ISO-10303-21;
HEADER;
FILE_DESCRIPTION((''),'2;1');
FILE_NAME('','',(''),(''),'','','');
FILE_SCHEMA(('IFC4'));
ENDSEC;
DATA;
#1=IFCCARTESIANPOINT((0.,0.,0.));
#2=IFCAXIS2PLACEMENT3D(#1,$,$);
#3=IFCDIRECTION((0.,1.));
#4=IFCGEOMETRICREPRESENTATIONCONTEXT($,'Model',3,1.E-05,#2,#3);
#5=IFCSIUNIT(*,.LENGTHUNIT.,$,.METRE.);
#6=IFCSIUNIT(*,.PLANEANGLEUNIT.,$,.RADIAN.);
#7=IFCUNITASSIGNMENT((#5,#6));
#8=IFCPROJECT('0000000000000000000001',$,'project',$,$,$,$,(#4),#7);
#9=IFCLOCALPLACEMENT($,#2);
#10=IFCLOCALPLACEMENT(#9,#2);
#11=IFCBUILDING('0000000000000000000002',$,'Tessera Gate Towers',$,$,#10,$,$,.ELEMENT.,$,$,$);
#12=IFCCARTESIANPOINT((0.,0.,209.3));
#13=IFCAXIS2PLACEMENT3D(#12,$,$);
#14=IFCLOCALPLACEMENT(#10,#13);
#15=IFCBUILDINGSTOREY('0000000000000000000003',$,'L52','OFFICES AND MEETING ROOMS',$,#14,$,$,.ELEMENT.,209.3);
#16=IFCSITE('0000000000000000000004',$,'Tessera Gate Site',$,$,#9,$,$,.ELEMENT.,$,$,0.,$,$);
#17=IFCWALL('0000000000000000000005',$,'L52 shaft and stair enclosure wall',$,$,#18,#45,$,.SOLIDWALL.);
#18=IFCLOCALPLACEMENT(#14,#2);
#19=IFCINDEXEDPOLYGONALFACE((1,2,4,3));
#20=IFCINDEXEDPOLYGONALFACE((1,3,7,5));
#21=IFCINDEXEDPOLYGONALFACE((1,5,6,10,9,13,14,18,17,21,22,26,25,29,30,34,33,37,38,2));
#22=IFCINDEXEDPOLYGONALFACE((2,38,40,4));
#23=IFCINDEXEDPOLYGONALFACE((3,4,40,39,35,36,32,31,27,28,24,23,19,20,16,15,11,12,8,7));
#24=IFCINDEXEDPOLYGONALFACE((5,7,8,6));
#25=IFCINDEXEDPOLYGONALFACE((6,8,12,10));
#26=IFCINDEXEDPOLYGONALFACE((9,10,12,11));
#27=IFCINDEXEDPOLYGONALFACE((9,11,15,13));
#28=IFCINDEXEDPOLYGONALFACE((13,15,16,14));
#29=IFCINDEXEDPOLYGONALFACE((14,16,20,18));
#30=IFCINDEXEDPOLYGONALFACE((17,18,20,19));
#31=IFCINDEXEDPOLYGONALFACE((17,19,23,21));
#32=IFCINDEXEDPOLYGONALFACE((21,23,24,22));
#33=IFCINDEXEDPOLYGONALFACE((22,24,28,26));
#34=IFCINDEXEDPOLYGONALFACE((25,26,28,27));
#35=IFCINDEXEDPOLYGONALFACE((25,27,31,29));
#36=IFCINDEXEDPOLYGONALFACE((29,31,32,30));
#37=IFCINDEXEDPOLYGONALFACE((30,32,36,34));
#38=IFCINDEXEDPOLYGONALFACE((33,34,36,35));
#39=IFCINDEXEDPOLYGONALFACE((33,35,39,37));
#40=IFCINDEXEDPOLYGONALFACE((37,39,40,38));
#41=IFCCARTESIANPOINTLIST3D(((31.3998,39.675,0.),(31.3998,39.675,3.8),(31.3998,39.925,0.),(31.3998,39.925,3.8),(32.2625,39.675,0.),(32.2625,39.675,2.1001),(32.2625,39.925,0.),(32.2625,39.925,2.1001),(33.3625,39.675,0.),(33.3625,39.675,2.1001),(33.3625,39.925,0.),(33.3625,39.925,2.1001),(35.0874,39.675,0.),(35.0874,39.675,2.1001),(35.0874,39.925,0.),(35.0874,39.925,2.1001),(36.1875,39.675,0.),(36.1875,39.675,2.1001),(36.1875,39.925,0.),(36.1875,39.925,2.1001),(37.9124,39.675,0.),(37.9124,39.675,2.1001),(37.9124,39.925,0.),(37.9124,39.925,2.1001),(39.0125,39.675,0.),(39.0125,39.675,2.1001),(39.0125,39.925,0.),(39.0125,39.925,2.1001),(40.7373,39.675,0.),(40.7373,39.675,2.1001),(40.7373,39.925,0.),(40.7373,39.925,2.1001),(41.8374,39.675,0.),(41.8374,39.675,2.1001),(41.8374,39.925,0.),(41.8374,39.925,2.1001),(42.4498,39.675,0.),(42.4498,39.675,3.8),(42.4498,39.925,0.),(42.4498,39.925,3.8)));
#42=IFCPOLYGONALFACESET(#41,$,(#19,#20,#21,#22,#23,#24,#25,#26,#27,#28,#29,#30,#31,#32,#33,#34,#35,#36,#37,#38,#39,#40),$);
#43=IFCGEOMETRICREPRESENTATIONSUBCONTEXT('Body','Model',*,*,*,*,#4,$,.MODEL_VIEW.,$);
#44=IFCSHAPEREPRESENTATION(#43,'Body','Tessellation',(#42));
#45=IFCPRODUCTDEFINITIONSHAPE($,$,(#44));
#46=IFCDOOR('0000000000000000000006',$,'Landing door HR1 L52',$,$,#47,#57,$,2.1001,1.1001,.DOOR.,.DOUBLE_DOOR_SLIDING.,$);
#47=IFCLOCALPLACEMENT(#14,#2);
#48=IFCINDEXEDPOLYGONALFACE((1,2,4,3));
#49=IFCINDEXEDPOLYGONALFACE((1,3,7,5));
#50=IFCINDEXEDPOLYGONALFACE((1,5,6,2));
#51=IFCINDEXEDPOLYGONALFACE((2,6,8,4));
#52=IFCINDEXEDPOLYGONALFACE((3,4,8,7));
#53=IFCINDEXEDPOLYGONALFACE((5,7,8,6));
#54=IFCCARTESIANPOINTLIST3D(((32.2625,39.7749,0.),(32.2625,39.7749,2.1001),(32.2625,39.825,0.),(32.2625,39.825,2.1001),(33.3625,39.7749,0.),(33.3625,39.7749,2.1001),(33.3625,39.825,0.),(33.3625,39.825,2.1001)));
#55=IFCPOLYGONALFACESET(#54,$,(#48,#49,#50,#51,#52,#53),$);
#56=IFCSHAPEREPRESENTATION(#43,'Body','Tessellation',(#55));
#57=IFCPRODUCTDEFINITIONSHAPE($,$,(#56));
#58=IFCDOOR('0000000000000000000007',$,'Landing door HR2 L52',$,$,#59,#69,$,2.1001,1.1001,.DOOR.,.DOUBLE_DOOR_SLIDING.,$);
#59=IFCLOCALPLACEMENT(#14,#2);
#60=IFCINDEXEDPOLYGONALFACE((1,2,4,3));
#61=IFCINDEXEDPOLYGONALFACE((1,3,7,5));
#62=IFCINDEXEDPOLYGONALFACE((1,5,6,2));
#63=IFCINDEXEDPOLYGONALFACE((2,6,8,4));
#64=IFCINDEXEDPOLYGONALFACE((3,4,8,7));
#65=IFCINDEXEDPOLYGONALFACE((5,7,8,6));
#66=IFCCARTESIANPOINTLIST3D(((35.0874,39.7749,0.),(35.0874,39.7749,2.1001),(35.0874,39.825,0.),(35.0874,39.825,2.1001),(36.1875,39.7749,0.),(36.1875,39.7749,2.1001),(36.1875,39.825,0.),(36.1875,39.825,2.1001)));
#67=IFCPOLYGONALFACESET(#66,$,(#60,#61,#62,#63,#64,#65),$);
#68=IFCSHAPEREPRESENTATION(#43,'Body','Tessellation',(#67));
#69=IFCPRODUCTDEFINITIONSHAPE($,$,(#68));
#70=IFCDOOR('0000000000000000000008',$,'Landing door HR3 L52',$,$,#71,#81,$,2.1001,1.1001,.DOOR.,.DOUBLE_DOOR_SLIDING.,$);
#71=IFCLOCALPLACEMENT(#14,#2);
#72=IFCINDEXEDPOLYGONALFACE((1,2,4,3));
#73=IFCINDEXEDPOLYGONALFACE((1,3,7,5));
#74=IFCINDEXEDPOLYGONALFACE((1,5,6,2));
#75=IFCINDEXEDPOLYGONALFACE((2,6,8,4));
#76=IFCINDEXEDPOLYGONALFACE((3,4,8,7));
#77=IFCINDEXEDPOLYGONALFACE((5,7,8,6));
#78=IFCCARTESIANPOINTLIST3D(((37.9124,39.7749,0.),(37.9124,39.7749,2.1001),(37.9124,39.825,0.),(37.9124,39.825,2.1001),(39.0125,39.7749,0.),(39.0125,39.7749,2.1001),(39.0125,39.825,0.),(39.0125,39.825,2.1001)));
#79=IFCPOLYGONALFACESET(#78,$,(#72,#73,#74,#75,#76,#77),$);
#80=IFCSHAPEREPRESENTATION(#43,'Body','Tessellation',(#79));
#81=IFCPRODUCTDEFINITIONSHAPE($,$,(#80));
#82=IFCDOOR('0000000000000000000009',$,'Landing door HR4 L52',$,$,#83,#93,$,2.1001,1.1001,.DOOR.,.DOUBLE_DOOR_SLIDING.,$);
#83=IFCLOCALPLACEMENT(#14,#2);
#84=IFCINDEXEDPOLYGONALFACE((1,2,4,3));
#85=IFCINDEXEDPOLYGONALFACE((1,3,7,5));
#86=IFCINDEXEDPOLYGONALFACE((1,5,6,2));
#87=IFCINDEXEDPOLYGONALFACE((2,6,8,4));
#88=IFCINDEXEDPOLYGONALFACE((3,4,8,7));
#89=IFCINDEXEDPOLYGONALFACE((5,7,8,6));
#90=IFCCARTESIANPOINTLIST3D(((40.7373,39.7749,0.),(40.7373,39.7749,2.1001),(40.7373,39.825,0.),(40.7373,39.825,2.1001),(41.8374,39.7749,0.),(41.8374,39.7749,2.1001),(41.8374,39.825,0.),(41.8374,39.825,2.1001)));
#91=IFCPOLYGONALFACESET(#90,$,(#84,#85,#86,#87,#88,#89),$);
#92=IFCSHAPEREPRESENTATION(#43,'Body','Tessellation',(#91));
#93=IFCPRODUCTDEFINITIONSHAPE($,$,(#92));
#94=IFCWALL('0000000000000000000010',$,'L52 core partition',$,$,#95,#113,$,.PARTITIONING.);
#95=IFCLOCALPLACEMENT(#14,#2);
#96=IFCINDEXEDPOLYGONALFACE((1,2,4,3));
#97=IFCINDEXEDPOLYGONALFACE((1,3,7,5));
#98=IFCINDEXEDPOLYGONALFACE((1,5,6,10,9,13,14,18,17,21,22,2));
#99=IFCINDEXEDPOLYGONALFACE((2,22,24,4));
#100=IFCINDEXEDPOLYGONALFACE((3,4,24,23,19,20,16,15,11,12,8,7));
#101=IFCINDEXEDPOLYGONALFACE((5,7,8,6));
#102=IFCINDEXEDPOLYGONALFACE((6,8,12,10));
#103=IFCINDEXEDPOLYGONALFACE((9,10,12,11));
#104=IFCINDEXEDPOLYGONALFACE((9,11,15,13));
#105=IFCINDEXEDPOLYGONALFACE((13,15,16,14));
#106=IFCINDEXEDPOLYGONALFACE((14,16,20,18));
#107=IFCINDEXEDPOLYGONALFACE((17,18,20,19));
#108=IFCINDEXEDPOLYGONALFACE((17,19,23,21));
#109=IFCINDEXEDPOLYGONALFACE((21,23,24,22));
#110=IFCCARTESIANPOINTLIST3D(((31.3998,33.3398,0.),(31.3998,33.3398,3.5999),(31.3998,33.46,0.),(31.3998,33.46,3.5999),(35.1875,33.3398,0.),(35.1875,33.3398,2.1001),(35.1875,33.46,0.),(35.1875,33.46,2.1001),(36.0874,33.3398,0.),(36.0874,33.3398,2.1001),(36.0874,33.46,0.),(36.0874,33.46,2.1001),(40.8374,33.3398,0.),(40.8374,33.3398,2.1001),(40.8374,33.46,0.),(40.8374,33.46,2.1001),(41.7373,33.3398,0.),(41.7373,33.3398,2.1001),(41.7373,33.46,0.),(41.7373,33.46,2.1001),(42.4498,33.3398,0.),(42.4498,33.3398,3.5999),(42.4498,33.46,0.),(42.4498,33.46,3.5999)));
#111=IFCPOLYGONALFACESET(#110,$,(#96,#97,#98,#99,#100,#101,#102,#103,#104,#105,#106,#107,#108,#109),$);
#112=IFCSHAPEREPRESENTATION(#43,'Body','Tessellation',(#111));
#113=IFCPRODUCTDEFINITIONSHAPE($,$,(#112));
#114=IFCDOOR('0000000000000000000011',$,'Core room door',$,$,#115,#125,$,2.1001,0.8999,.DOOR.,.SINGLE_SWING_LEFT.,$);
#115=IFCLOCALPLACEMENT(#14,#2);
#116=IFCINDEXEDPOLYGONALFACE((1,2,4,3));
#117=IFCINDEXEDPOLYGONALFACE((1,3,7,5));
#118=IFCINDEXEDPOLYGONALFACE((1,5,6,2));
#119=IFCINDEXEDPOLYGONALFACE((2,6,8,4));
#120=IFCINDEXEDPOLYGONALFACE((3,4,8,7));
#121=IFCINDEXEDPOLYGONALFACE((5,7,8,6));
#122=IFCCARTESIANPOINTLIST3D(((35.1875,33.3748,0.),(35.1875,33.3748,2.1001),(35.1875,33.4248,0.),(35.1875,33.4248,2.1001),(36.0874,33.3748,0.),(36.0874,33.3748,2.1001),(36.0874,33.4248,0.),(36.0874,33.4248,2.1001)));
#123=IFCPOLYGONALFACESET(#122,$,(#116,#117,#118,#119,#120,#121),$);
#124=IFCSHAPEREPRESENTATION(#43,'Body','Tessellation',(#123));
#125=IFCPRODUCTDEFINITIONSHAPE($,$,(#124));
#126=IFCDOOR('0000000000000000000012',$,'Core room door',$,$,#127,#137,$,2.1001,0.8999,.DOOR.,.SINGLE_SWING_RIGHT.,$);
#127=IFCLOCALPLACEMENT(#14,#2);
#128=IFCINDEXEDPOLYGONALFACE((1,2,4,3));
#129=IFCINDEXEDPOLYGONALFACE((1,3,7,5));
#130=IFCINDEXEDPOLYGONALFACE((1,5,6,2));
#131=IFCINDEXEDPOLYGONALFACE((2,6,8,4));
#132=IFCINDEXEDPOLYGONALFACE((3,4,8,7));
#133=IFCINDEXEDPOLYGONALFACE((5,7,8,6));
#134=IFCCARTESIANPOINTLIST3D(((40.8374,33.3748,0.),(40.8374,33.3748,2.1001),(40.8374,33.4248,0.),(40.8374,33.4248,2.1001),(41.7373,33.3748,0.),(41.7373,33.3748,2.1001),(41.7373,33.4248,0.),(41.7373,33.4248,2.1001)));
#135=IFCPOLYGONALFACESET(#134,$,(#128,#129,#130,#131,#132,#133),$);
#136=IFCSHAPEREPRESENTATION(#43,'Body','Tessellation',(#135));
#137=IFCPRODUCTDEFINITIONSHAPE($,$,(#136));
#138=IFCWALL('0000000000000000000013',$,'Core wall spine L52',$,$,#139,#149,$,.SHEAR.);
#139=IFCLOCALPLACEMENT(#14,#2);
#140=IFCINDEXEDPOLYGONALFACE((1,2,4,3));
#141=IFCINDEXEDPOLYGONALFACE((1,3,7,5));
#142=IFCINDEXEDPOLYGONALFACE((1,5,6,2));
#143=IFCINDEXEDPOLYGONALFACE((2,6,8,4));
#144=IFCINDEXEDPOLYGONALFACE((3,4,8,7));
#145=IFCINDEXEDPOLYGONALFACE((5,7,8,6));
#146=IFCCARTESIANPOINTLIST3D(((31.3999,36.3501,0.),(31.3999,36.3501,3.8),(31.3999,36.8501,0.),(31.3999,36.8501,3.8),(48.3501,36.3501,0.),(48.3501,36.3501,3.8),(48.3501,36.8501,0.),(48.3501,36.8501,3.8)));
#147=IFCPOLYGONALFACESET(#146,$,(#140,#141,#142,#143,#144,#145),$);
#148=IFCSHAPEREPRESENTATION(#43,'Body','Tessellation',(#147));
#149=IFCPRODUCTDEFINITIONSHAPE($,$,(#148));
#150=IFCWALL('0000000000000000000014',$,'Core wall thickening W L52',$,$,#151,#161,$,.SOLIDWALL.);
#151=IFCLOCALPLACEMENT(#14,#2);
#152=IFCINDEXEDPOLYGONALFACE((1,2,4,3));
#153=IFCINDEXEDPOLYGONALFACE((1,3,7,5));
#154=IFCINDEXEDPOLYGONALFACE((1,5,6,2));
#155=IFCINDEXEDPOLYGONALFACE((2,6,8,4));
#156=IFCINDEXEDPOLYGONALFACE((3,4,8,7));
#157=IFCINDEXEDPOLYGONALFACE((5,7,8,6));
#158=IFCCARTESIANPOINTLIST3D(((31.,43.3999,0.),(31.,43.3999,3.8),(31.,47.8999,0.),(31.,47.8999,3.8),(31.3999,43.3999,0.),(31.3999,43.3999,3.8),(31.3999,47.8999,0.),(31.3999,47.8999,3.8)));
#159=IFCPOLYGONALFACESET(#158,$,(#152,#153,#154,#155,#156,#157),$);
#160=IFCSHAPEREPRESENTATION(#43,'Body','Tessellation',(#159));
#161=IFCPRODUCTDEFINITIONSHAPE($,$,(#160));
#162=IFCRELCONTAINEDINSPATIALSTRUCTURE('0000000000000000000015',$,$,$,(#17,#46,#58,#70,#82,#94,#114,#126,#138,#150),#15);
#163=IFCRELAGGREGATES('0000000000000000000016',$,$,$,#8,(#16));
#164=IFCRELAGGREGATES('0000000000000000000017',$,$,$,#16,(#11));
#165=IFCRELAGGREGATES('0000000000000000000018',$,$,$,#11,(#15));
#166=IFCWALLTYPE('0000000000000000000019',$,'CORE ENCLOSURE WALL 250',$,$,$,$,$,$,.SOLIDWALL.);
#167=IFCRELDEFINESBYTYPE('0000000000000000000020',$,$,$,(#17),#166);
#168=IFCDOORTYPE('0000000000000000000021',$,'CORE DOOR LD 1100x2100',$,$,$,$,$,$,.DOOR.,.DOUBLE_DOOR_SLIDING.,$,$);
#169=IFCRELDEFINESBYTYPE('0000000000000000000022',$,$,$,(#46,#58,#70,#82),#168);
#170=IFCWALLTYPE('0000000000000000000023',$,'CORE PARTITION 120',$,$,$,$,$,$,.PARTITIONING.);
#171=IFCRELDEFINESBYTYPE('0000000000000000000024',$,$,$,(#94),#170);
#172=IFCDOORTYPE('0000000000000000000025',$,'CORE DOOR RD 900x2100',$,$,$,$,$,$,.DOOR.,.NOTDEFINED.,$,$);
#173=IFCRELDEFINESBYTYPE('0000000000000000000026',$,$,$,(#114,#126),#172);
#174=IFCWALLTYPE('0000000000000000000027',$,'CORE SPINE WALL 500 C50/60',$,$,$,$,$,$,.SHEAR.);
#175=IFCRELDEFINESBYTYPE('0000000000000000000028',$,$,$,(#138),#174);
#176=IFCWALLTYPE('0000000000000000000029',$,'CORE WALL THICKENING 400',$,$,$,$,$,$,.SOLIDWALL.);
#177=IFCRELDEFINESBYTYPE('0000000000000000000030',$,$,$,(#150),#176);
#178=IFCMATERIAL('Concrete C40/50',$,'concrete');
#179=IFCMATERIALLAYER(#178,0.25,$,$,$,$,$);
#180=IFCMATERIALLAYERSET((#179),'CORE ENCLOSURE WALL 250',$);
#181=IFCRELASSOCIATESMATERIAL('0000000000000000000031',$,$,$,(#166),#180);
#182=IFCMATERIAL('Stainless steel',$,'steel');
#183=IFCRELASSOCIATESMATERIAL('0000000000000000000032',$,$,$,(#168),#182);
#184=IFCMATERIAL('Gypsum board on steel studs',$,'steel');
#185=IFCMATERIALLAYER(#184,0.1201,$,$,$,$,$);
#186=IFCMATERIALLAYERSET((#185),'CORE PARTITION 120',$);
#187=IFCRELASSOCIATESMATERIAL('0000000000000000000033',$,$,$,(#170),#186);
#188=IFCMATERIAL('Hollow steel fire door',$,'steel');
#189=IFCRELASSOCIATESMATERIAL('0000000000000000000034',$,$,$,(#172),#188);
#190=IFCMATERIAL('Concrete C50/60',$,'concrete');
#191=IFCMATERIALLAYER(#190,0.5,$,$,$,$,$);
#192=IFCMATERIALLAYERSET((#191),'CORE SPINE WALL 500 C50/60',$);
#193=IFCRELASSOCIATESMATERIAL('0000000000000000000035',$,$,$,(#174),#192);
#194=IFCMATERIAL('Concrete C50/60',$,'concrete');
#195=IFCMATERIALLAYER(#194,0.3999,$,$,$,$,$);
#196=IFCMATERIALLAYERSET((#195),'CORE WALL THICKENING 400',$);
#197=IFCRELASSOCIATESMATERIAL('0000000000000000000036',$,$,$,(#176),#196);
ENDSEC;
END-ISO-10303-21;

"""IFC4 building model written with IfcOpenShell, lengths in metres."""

from ifc_helpers import new_model, si_unit, direction, frame, frame_2d, origin, place, context, subcontext, project, spatial, rectangle, extrude, source, transform, mapped, material, layer, layer_set, type_object, element, fill, save


model = new_model("IFC4")

# Units and contexts
model_context = context("Model", 3, precision=1e-05, world=origin(), true_north=direction((0.0, 1.0)))
body_context = subcontext(model_context, "Body", "Model", "MODEL_VIEW")
ifc_project = project(units=[si_unit("LENGTHUNIT", "METRE"), si_unit("PLANEANGLEUNIT", "RADIAN")], contexts=[model_context])

# Site, building, storey
site_placement = place(None, origin())
site = spatial("IfcSite", under=ifc_project, at=site_placement, Name="Tessera Gate Site", CompositionType="ELEMENT", RefElevation=0.0)
building_placement = place(site_placement, origin())
building = spatial("IfcBuilding", under=site, at=building_placement, Name="Tessera Gate Towers", CompositionType="ELEMENT")
storey_placement = place(building_placement, frame((0.0, 0.0, 209.3)))
storey = spatial("IfcBuildingStorey", under=building, at=storey_placement, Name="L52", Description="OFFICES AND MEETING ROOMS", CompositionType="ELEMENT", Elevation=209.3)

# Walls, openings, doors
ifc_material_1 = material(Name="Concrete C40/50", Category="concrete")
ifc_layer_1 = layer(ifc_material_1, 0.25)
ifc_layer_set_1 = layer_set([ifc_layer_1], Name="CORE ENCLOSURE WALL 250")
wall_type_1 = type_object("IfcWallType", Name="CORE ENCLOSURE WALL 250", PredefinedType="SOLIDWALL", material=ifc_layer_set_1)
wall_1_placement = place(storey_placement, frame((31.3999, 39.8, 0.0), z_axis=(0.0, 0.0, 1.0), x_axis=(1.0, 0.0, 0.0)))
wall_1 = element("IfcWall", 1, at=wall_1_placement, inside=storey, type_object=wall_type_1, Name="L52 shaft and stair enclosure wall", PredefinedType="SOLIDWALL", context=body_context, shape_type="SweptSolid", body=[
    extrude(rectangle(XDim=11.05, YDim=0.25, at=frame_2d((5.5249, 0.0))), origin(), (0.0, 0.0, 1.0), 3.8),
])
shared_shape_1 = source(origin(), body_context, "Body", "SweptSolid", [
    extrude(rectangle(XDim=1.1001, YDim=2.1001, at=frame_2d((0.55, 1.05))), frame((0.0, 0.135, 0.0), z_axis=(0.0, -1.0, 0.0), x_axis=(1.0, 0.0, 0.0)), (0.0, 0.0, 1.0), 0.27),
])
opening_1_placement = place(wall_1_placement, frame((0.8625, 0.0, 0.0)))
opening_1 = element("IfcOpeningElement", 2, at=opening_1_placement, cuts=wall_1, PredefinedType="OPENING", context=body_context, shape_type="MappedRepresentation", body=[
    mapped(shared_shape_1, transform((0.0, 0.0, 0.0), scale=1.0)),
])
opening_2_placement = place(wall_1_placement, frame((3.6875, 0.0, 0.0)))
opening_2 = element("IfcOpeningElement", 3, at=opening_2_placement, cuts=wall_1, PredefinedType="OPENING", context=body_context, shape_type="MappedRepresentation", body=[
    mapped(shared_shape_1, transform((0.0, 0.0, 0.0), scale=1.0)),
])
opening_3_placement = place(wall_1_placement, frame((6.5125, 0.0, 0.0)))
opening_3 = element("IfcOpeningElement", 4, at=opening_3_placement, cuts=wall_1, PredefinedType="OPENING", context=body_context, shape_type="MappedRepresentation", body=[
    mapped(shared_shape_1, transform((0.0, 0.0, 0.0), scale=1.0)),
])
opening_4_placement = place(wall_1_placement, frame((9.3374, 0.0, 0.0)))
opening_4 = element("IfcOpeningElement", 5, at=opening_4_placement, cuts=wall_1, PredefinedType="OPENING", context=body_context, shape_type="MappedRepresentation", body=[
    mapped(shared_shape_1, transform((0.0, 0.0, 0.0), scale=1.0)),
])
ifc_material_2 = material(Name="Stainless steel", Category="steel")
door_type_1 = type_object("IfcDoorType", Name="CORE DOOR LD 1100x2100", OperationType="DOUBLE_DOOR_SLIDING", PredefinedType="DOOR", material=ifc_material_2)
shared_shape_2 = source(origin(), body_context, "Body", "SweptSolid", [
    extrude(rectangle(XDim=1.1001, YDim=2.1001, at=frame_2d((0.55, 1.05))), frame((0.0, 0.0249, 0.0), z_axis=(0.0, -1.0, 0.0), x_axis=(1.0, 0.0, 0.0)), (0.0, 0.0, 1.0), 0.05),
])
door_1_placement = place(opening_1_placement, origin())
door_1 = element("IfcDoor", 6, at=door_1_placement, inside=storey, type_object=door_type_1, Name="Landing door HR1 L52", OperationType="DOUBLE_DOOR_SLIDING", OverallHeight=2.1001, OverallWidth=1.1001, PredefinedType="DOOR", context=body_context, shape_type="MappedRepresentation", body=[
    mapped(shared_shape_2, transform((0.0, 0.0, 0.0), scale=1.0)),
])
fill(opening_1, door_1)
door_2_placement = place(opening_2_placement, origin())
door_2 = element("IfcDoor", 7, at=door_2_placement, inside=storey, type_object=door_type_1, Name="Landing door HR2 L52", OperationType="DOUBLE_DOOR_SLIDING", OverallHeight=2.1001, OverallWidth=1.1001, PredefinedType="DOOR", context=body_context, shape_type="MappedRepresentation", body=[
    mapped(shared_shape_2, transform((0.0, 0.0, 0.0), scale=1.0)),
])
fill(opening_2, door_2)
door_3_placement = place(opening_3_placement, origin())
door_3 = element("IfcDoor", 8, at=door_3_placement, inside=storey, type_object=door_type_1, Name="Landing door HR3 L52", OperationType="DOUBLE_DOOR_SLIDING", OverallHeight=2.1001, OverallWidth=1.1001, PredefinedType="DOOR", context=body_context, shape_type="MappedRepresentation", body=[
    mapped(shared_shape_2, transform((0.0, 0.0, 0.0), scale=1.0)),
])
fill(opening_3, door_3)
door_4_placement = place(opening_4_placement, origin())
door_4 = element("IfcDoor", 9, at=door_4_placement, inside=storey, type_object=door_type_1, Name="Landing door HR4 L52", OperationType="DOUBLE_DOOR_SLIDING", OverallHeight=2.1001, OverallWidth=1.1001, PredefinedType="DOOR", context=body_context, shape_type="MappedRepresentation", body=[
    mapped(shared_shape_2, transform((0.0, 0.0, 0.0), scale=1.0)),
])
fill(opening_4, door_4)
ifc_material_3 = material(Name="Gypsum board on steel studs", Category="steel")
ifc_layer_2 = layer(ifc_material_3, 0.1201)
ifc_layer_set_2 = layer_set([ifc_layer_2], Name="CORE PARTITION 120")
wall_type_2 = type_object("IfcWallType", Name="CORE PARTITION 120", PredefinedType="PARTITIONING", material=ifc_layer_set_2)
wall_2_placement = place(storey_placement, frame((31.3999, 33.3999, 0.0), z_axis=(0.0, 0.0, 1.0), x_axis=(1.0, 0.0, 0.0)))
wall_2 = element("IfcWall", 10, at=wall_2_placement, inside=storey, type_object=wall_type_2, Name="L52 core partition", PredefinedType="PARTITIONING", context=body_context, shape_type="SweptSolid", body=[
    extrude(rectangle(XDim=11.05, YDim=0.1201, at=frame_2d((5.5249, 0.0))), origin(), (0.0, 0.0, 1.0), 3.5999),
])
shared_shape_3 = source(origin(), body_context, "Body", "SweptSolid", [
    extrude(rectangle(XDim=0.8999, YDim=2.1001, at=frame_2d((0.45, 1.05))), frame((0.0, 0.0701, 0.0), z_axis=(0.0, -1.0, 0.0), x_axis=(1.0, 0.0, 0.0)), (0.0, 0.0, 1.0), 0.1401),
])
opening_5_placement = place(wall_2_placement, frame((3.7876, 0.0, 0.0)))
opening_5 = element("IfcOpeningElement", 11, at=opening_5_placement, cuts=wall_2, PredefinedType="OPENING", context=body_context, shape_type="MappedRepresentation", body=[
    mapped(shared_shape_3, transform((0.0, 0.0, 0.0), scale=1.0)),
])
opening_6_placement = place(wall_2_placement, frame((9.4375, 0.0, 0.0)))
opening_6 = element("IfcOpeningElement", 12, at=opening_6_placement, cuts=wall_2, PredefinedType="OPENING", context=body_context, shape_type="MappedRepresentation", body=[
    mapped(shared_shape_3, transform((0.0, 0.0, 0.0), scale=1.0)),
])
ifc_material_4 = material(Name="Hollow steel fire door", Category="steel")
door_type_2 = type_object("IfcDoorType", Name="CORE DOOR RD 900x2100", OperationType="NOTDEFINED", PredefinedType="DOOR", material=ifc_material_4)
shared_shape_4 = source(origin(), body_context, "Body", "SweptSolid", [
    extrude(rectangle(XDim=0.8999, YDim=2.1001, at=frame_2d((0.45, 1.05))), frame((0.0, 0.0249, 0.0), z_axis=(0.0, -1.0, 0.0), x_axis=(1.0, 0.0, 0.0)), (0.0, 0.0, 1.0), 0.05),
])
door_5_placement = place(opening_5_placement, origin())
door_5 = element("IfcDoor", 13, at=door_5_placement, inside=storey, type_object=door_type_2, Name="Core room door", OperationType="SINGLE_SWING_LEFT", OverallHeight=2.1001, OverallWidth=0.8999, PredefinedType="DOOR", context=body_context, shape_type="MappedRepresentation", body=[
    mapped(shared_shape_4, transform((0.0, 0.0, 0.0), scale=1.0)),
])
fill(opening_5, door_5)
door_6_placement = place(opening_6_placement, origin())
door_6 = element("IfcDoor", 14, at=door_6_placement, inside=storey, type_object=door_type_2, Name="Core room door", OperationType="SINGLE_SWING_RIGHT", OverallHeight=2.1001, OverallWidth=0.8999, PredefinedType="DOOR", context=body_context, shape_type="MappedRepresentation", body=[
    mapped(shared_shape_4, transform((0.0, 0.0, 0.0), scale=1.0)),
])
fill(opening_6, door_6)

# Walls
ifc_material_5 = material(Name="Concrete C50/60", Category="concrete")
ifc_layer_3 = layer(ifc_material_5, 0.5)
ifc_layer_set_3 = layer_set([ifc_layer_3], Name="CORE SPINE WALL 500 C50/60")
wall_type_3 = type_object("IfcWallType", Name="CORE SPINE WALL 500 C50/60", PredefinedType="SHEAR", material=ifc_layer_set_3)
wall_3_placement = place(storey_placement, frame((31.3999, 36.6001, 0.0), z_axis=(0.0, 0.0, 1.0), x_axis=(1.0, 0.0, 0.0)))
element("IfcWall", 15, at=wall_3_placement, inside=storey, type_object=wall_type_3, Name="Core wall spine L52", PredefinedType="SHEAR", context=body_context, shape_type="SweptSolid", body=[
    extrude(rectangle(XDim=16.9502, YDim=0.5, at=frame_2d((8.4751, 0.0))), origin(), (0.0, 0.0, 1.0), 3.8),
])
ifc_material_6 = material(Name="Concrete C50/60", Category="concrete")
ifc_layer_4 = layer(ifc_material_6, 0.3999)
ifc_layer_set_4 = layer_set([ifc_layer_4], Name="CORE WALL THICKENING 400")
wall_type_4 = type_object("IfcWallType", Name="CORE WALL THICKENING 400", PredefinedType="SOLIDWALL", material=ifc_layer_set_4)
wall_4_placement = place(storey_placement, frame((31.2, 43.3999, 0.0), z_axis=(0.0, 0.0, 1.0), x_axis=(0.0, 1.0, 0.0)))
element("IfcWall", 16, at=wall_4_placement, inside=storey, type_object=wall_type_4, Name="Core wall thickening W L52", PredefinedType="SOLIDWALL", context=body_context, shape_type="SweptSolid", body=[
    extrude(rectangle(XDim=4.5, YDim=0.3999, at=frame_2d((2.25, 0.0))), origin(), (0.0, 0.0, 1.0), 3.8),
])

save(model, "model.ifc")
